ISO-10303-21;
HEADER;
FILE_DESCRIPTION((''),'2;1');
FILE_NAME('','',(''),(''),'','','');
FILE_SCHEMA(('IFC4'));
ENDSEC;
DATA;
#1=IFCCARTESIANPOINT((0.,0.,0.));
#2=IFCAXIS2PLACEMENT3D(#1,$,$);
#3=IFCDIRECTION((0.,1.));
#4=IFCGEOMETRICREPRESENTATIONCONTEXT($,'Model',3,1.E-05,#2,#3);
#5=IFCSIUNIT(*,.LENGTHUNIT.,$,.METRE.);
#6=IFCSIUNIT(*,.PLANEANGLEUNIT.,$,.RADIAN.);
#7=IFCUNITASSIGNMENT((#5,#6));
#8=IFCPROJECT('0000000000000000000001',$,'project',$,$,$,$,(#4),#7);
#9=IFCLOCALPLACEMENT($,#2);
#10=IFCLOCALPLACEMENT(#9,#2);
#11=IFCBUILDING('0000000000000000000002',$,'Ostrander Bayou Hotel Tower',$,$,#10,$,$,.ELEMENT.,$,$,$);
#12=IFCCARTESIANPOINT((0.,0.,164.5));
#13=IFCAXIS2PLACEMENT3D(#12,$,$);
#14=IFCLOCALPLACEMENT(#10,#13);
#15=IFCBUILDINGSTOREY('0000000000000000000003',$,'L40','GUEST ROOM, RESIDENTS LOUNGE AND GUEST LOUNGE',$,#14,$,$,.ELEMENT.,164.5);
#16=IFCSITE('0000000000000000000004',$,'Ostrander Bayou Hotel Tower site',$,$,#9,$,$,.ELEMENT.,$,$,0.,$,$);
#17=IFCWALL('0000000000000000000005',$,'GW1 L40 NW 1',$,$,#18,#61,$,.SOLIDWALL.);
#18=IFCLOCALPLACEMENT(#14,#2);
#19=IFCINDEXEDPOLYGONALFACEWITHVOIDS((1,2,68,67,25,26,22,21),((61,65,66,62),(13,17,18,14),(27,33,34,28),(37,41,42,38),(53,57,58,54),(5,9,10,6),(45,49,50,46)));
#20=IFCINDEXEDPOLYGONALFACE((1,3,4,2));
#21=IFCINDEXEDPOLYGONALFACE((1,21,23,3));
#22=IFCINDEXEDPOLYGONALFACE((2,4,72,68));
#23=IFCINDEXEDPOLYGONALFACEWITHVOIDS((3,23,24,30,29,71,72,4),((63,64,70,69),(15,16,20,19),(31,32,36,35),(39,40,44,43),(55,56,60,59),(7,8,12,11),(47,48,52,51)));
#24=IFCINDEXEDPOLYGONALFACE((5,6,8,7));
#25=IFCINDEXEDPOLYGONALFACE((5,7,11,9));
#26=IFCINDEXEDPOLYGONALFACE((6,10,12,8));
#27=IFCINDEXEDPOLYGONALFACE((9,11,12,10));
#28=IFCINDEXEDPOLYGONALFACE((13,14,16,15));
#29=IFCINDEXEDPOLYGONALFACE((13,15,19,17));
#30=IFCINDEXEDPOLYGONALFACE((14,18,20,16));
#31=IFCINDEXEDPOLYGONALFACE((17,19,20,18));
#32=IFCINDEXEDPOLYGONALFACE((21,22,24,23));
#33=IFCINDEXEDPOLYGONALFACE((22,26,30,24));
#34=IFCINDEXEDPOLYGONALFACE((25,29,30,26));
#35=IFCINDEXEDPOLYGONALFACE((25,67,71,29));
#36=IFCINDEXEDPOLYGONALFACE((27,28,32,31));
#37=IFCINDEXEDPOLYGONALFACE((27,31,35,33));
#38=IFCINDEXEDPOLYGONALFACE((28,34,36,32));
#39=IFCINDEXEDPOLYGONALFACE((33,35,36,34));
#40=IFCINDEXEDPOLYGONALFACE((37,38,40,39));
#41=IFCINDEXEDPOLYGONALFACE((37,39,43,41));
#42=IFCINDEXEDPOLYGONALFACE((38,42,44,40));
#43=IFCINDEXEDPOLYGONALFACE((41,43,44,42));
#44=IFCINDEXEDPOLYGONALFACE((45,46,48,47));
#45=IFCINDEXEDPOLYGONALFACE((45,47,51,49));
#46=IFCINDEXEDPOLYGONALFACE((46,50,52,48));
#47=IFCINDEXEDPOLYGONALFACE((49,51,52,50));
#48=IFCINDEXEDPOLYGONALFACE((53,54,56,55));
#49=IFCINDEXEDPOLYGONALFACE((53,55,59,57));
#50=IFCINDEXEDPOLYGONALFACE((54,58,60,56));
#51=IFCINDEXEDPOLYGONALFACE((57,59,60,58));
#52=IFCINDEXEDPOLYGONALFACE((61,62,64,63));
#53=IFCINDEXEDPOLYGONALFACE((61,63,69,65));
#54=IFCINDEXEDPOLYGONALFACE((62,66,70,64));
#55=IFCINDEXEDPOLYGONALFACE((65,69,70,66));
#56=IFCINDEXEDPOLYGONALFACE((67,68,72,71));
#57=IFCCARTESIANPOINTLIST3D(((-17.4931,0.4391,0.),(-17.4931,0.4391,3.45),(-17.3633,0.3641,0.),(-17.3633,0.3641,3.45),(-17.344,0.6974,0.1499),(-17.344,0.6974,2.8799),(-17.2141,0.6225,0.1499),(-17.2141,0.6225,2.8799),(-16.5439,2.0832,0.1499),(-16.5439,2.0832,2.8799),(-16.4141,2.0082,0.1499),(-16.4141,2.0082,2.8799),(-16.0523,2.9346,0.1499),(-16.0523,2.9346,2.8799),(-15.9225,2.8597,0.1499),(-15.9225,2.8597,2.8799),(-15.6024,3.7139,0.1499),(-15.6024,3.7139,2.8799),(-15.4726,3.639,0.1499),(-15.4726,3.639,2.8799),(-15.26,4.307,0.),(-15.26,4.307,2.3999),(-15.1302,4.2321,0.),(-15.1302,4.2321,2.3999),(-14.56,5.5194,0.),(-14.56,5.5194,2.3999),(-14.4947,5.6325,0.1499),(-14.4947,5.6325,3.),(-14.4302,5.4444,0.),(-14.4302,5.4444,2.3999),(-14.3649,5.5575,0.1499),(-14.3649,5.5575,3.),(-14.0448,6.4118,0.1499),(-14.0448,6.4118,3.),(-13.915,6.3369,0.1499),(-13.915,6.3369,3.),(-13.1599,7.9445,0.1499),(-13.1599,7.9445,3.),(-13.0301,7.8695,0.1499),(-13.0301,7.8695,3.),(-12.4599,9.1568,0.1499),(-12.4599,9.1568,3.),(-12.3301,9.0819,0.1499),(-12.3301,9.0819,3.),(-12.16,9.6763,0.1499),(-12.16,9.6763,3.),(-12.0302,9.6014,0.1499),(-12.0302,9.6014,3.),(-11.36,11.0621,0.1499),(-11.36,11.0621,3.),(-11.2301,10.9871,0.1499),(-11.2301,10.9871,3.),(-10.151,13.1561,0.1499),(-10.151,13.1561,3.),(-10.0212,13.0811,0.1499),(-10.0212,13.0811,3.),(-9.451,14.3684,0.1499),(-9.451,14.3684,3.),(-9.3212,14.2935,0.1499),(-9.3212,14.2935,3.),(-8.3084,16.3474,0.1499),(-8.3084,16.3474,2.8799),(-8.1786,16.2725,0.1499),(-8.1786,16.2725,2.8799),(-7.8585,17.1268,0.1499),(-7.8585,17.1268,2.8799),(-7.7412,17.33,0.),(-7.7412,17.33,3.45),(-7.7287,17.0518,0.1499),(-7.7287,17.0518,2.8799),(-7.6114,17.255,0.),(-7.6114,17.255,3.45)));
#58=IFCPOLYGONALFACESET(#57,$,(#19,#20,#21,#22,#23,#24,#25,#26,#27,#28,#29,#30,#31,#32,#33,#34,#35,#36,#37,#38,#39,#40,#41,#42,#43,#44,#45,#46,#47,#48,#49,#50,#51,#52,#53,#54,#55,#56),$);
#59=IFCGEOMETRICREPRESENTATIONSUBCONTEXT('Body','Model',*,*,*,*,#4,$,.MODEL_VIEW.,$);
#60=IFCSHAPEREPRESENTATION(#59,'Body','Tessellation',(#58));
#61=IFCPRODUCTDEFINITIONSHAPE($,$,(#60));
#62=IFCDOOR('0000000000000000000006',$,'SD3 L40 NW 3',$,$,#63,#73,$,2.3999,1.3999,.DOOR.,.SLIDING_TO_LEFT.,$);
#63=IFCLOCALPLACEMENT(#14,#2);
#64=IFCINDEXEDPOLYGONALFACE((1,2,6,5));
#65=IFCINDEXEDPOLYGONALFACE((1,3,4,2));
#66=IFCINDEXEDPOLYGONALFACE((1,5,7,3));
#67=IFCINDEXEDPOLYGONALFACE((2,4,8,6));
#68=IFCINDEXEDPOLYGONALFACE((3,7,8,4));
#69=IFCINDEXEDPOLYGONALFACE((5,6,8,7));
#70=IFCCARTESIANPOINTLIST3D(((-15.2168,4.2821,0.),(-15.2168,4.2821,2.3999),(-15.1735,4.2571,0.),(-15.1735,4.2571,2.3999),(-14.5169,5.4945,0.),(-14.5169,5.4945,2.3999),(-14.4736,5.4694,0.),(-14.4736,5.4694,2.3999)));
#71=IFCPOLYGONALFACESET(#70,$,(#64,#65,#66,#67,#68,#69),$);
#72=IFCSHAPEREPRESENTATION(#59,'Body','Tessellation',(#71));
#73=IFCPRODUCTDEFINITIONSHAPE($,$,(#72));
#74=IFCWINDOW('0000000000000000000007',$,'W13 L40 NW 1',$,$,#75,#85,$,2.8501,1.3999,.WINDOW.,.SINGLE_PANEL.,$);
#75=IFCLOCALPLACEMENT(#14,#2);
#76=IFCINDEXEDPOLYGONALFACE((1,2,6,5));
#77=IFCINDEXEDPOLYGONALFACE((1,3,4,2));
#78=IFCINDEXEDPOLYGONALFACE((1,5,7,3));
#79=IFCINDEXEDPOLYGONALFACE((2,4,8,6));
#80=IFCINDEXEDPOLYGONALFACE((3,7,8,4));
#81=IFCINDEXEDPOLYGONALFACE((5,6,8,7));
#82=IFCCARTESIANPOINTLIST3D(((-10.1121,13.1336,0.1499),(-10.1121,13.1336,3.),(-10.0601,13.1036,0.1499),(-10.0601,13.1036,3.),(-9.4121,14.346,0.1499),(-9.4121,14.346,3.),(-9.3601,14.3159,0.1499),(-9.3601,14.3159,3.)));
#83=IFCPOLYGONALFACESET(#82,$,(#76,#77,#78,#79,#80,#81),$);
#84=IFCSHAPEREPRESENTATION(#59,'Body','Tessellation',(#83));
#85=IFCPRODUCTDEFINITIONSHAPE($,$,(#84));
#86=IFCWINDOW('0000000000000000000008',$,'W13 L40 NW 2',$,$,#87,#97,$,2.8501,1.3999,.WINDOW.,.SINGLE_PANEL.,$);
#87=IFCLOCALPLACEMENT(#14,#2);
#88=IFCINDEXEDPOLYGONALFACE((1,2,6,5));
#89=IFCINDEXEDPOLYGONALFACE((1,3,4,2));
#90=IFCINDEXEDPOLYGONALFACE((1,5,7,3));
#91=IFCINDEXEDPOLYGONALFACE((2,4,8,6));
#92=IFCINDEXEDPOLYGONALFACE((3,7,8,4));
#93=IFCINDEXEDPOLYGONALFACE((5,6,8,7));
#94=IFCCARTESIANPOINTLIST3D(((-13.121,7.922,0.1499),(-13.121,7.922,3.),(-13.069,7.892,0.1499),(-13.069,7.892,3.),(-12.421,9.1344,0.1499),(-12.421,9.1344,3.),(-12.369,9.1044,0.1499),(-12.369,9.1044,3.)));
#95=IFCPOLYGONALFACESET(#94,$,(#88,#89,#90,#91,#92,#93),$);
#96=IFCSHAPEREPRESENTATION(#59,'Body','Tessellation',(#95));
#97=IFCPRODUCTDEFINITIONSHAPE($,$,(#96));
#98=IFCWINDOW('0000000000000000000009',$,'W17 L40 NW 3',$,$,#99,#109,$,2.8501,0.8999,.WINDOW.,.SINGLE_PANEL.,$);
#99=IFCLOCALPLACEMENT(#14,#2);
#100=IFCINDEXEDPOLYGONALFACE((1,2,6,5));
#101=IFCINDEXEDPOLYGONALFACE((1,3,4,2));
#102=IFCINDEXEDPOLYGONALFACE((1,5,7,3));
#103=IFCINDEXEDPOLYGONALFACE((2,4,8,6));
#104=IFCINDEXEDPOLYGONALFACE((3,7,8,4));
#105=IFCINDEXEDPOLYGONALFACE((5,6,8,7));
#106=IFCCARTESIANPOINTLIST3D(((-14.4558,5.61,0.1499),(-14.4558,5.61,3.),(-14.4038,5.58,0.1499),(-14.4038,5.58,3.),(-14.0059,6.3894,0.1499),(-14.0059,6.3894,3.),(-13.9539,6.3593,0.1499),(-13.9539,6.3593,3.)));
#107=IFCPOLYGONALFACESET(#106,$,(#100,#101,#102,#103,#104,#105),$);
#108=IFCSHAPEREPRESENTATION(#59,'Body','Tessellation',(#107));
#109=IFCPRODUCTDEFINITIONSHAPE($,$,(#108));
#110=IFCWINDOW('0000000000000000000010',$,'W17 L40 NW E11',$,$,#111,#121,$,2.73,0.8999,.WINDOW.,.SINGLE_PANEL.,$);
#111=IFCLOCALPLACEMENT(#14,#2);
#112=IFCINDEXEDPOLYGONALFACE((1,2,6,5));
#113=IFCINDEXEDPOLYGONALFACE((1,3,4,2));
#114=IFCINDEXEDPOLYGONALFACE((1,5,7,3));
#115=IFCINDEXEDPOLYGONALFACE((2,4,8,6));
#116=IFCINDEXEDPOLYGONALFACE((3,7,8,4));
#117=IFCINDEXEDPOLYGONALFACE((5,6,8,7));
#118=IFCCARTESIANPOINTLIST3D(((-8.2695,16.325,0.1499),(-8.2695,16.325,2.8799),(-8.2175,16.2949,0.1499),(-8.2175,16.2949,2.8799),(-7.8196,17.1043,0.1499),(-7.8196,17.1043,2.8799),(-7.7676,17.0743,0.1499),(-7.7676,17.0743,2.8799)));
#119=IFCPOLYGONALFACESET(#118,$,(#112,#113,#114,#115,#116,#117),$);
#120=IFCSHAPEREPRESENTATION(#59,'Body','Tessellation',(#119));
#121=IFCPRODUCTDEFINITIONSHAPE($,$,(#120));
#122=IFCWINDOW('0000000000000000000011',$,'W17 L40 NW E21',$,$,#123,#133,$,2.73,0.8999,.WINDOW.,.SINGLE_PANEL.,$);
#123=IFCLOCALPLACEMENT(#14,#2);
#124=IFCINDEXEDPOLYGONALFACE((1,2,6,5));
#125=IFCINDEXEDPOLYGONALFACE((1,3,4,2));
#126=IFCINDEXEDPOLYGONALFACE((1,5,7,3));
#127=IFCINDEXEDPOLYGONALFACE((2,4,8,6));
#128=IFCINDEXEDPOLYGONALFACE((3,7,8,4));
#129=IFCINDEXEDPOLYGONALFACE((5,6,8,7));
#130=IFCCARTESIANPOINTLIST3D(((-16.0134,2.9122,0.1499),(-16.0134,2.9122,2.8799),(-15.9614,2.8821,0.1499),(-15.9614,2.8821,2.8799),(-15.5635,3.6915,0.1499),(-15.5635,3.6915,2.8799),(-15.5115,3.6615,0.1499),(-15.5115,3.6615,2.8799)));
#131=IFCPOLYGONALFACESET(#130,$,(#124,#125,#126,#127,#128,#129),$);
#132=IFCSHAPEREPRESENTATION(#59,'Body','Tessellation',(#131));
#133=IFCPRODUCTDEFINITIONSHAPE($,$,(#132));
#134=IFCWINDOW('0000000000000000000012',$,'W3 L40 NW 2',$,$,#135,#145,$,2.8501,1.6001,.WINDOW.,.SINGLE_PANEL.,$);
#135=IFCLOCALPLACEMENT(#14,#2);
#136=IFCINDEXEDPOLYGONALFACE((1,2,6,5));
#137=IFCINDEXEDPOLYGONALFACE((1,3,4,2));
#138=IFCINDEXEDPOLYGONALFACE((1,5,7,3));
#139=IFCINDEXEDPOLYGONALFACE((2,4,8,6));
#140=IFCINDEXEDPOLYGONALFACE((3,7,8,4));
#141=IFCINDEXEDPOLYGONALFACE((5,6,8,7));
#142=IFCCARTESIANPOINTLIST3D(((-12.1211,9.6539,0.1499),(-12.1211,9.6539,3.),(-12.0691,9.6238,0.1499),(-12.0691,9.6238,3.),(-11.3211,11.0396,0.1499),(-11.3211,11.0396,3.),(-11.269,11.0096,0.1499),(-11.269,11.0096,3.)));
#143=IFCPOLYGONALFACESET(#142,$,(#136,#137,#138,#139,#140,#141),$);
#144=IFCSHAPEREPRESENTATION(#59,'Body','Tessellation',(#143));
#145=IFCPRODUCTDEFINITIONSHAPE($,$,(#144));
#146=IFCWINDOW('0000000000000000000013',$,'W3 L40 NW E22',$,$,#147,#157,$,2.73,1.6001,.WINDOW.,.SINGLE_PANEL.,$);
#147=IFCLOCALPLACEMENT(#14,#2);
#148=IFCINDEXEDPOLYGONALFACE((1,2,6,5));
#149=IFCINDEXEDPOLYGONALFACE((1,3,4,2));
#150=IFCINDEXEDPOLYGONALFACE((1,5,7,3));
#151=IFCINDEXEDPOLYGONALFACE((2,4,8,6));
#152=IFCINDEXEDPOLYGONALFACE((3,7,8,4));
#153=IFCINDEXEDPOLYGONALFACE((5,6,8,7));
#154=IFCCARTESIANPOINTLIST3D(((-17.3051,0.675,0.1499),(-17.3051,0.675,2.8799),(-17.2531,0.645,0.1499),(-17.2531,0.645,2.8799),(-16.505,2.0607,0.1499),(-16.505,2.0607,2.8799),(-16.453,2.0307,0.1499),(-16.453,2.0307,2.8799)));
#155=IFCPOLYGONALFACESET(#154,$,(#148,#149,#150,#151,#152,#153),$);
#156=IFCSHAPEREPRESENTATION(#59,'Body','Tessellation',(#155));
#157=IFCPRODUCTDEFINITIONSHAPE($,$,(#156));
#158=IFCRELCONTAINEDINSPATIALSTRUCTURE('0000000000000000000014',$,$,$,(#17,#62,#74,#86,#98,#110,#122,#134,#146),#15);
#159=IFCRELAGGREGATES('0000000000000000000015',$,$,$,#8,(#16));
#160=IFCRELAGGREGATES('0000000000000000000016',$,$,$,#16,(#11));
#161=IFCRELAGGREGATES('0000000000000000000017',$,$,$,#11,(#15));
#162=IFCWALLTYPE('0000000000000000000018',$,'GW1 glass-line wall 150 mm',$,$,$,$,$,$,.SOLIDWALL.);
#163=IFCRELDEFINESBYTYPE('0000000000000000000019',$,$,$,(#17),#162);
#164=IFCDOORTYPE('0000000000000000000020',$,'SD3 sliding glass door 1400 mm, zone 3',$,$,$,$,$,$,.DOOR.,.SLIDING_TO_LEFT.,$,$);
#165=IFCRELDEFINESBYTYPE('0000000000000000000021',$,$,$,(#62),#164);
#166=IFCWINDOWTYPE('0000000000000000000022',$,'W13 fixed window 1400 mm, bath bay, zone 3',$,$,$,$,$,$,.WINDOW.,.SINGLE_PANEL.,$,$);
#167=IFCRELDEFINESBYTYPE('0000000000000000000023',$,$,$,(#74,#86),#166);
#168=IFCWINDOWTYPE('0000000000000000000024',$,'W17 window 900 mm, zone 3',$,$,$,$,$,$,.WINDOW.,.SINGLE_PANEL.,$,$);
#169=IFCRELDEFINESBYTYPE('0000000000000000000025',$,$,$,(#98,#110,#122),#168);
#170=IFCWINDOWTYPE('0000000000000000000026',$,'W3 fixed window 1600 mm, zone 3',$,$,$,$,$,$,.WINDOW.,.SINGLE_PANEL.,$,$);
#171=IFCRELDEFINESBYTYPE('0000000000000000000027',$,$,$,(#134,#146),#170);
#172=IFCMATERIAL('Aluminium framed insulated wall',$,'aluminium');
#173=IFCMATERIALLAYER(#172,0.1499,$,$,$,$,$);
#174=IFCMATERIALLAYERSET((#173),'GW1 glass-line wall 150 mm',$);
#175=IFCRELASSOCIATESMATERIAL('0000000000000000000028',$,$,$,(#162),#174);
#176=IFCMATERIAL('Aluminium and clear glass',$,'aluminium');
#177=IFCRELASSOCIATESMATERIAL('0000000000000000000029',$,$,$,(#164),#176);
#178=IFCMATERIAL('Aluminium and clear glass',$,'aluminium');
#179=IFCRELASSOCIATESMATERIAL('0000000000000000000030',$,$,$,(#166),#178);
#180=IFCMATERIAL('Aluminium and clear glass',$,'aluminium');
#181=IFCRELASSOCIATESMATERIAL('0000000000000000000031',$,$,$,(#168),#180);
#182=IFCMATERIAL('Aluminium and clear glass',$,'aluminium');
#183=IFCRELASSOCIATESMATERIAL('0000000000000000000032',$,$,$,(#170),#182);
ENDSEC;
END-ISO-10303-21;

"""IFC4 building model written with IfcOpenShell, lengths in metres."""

from ifc_helpers import new_model, si_unit, direction, frame, frame_2d, origin, place, context, subcontext, project, spatial, rectangle, extrude, material, layer, layer_set, type_object, element, fill, save


model = new_model("IFC4")

# Units and contexts
model_context = context("Model", 3, precision=1e-05, world=origin(), true_north=direction((0.0, 1.0)))
body_context = subcontext(model_context, "Body", "Model", "MODEL_VIEW")
ifc_project = project(units=[si_unit("LENGTHUNIT", "METRE"), si_unit("PLANEANGLEUNIT", "RADIAN")], contexts=[model_context])

# Site, building, storey
site_placement = place(None, origin())
site = spatial("IfcSite", under=ifc_project, at=site_placement, Name="Ostrander Bayou Hotel Tower site", CompositionType="ELEMENT", RefElevation=0.0)
building_placement = place(site_placement, origin())
building = spatial("IfcBuilding", under=site, at=building_placement, Name="Ostrander Bayou Hotel Tower", CompositionType="ELEMENT")
storey_placement = place(building_placement, frame((0.0, 0.0, 164.5)))
storey = spatial("IfcBuildingStorey", under=building, at=storey_placement, Name="L40", Description="GUEST ROOM, RESIDENTS LOUNGE AND GUEST LOUNGE", CompositionType="ELEMENT", Elevation=164.5)

# Wall, openings, door, windows
ifc_material_1 = material(Name="Aluminium framed insulated wall", Category="aluminium")
ifc_layer_1 = layer(ifc_material_1, 0.1499)
ifc_layer_set_1 = layer_set([ifc_layer_1], Name="GW1 glass-line wall 150 mm")
wall_type_1 = type_object("IfcWallType", Name="GW1 glass-line wall 150 mm", PredefinedType="SOLIDWALL", material=ifc_layer_set_1)
wall_1_placement = place(storey_placement, frame((-7.6763, 17.2925, 0.0), z_axis=(0.0, 0.0, 1.0), x_axis=(-0.5, -0.866025, 0.0)))
wall_1 = element("IfcWall", 1, at=wall_1_placement, inside=storey, type_object=wall_type_1, Name="GW1 L40 NW 1", PredefinedType="SOLIDWALL", context=body_context, shape_type="SweptSolid", body=[
    extrude(rectangle(XDim=19.5039, YDim=0.1499, at=frame_2d((9.752, 0.0))), origin(), (0.0, 0.0, 1.0), 3.45),
])
opening_1_placement = place(wall_1_placement, frame((3.4197, 0.0, 0.1499)))
opening_1 = element("IfcOpeningElement", 2, at=opening_1_placement, cuts=wall_1, PredefinedType="OPENING", context=body_context, shape_type="SweptSolid", body=[
    extrude(rectangle(XDim=1.3999, YDim=2.8501, at=frame_2d((0.7, 1.425))), frame((0.0, 0.075, 0.0), z_axis=(0.0, -1.0, 0.0), x_axis=(1.0, 0.0, 0.0)), (0.0, 0.0, 1.0), 0.1499),
])
opening_2_placement = place(wall_1_placement, frame((7.2375, 0.0, 0.1499)))
opening_2 = element("IfcOpeningElement", 3, at=opening_2_placement, cuts=wall_1, PredefinedType="OPENING", context=body_context, shape_type="SweptSolid", body=[
    extrude(rectangle(XDim=1.6001, YDim=2.8501, at=frame_2d((0.8, 1.425))), frame((0.0, 0.075, 0.0), z_axis=(0.0, -1.0, 0.0), x_axis=(1.0, 0.0, 0.0)), (0.0, 0.0, 1.0), 0.1499),
])
opening_3_placement = place(wall_1_placement, frame((9.4375, 0.0, 0.1499)))
opening_3 = element("IfcOpeningElement", 4, at=opening_3_placement, cuts=wall_1, PredefinedType="OPENING", context=body_context, shape_type="SweptSolid", body=[
    extrude(rectangle(XDim=1.3999, YDim=2.8501, at=frame_2d((0.7, 1.425))), frame((0.0, 0.075, 0.0), z_axis=(0.0, -1.0, 0.0), x_axis=(1.0, 0.0, 0.0)), (0.0, 0.0, 1.0), 0.1499),
])
opening_4_placement = place(wall_1_placement, frame((12.6072, 0.0, 0.1499)))
opening_4 = element("IfcOpeningElement", 5, at=opening_4_placement, cuts=wall_1, PredefinedType="OPENING", context=body_context, shape_type="SweptSolid", body=[
    extrude(rectangle(XDim=0.8999, YDim=2.8501, at=frame_2d((0.45, 1.425))), frame((0.0, 0.075, 0.0), z_axis=(0.0, -1.0, 0.0), x_axis=(1.0, 0.0, 0.0)), (0.0, 0.0, 1.0), 0.1499),
])
opening_5_placement = place(wall_1_placement, frame((13.6377, 0.0, 0.0)))
opening_5 = element("IfcOpeningElement", 6, at=opening_5_placement, cuts=wall_1, PredefinedType="OPENING", context=body_context, shape_type="SweptSolid", body=[
    extrude(rectangle(XDim=1.3999, YDim=2.3999, at=frame_2d((0.7, 1.2))), frame((0.0, 0.075, 0.0), z_axis=(0.0, -1.0, 0.0), x_axis=(1.0, 0.0, 0.0)), (0.0, 0.0, 1.0), 0.1499),
])
opening_6_placement = place(wall_1_placement, frame((0.2346, 0.0, 0.1499)))
opening_6 = element("IfcOpeningElement", 7, at=opening_6_placement, cuts=wall_1, PredefinedType="OPENING", context=body_context, shape_type="SweptSolid", body=[
    extrude(rectangle(XDim=0.8999, YDim=2.73, at=frame_2d((0.45, 1.365))), frame((0.0, 0.075, 0.0), z_axis=(0.0, -1.0, 0.0), x_axis=(1.0, 0.0, 0.0)), (0.0, 0.0, 1.0), 0.1499),
])
opening_7_placement = place(wall_1_placement, frame((15.7224, 0.0, 0.1499)))
opening_7 = element("IfcOpeningElement", 8, at=opening_7_placement, cuts=wall_1, PredefinedType="OPENING", context=body_context, shape_type="SweptSolid", body=[
    extrude(rectangle(XDim=0.8999, YDim=2.73, at=frame_2d((0.45, 1.365))), frame((0.0, 0.075, 0.0), z_axis=(0.0, -1.0, 0.0), x_axis=(1.0, 0.0, 0.0)), (0.0, 0.0, 1.0), 0.1499),
])
opening_8_placement = place(wall_1_placement, frame((17.6055, 0.0, 0.1499)))
opening_8 = element("IfcOpeningElement", 9, at=opening_8_placement, cuts=wall_1, PredefinedType="OPENING", context=body_context, shape_type="SweptSolid", body=[
    extrude(rectangle(XDim=1.6001, YDim=2.73, at=frame_2d((0.8, 1.365))), frame((0.0, 0.075, 0.0), z_axis=(0.0, -1.0, 0.0), x_axis=(1.0, 0.0, 0.0)), (0.0, 0.0, 1.0), 0.1499),
])
ifc_material_2 = material(Name="Aluminium and clear glass", Category="aluminium")
door_type_1 = type_object("IfcDoorType", Name="SD3 sliding glass door 1400 mm, zone 3", OperationType="SLIDING_TO_LEFT", PredefinedType="DOOR", material=ifc_material_2)
door_1_placement = place(opening_5_placement, origin())
door_1 = element("IfcDoor", 10, at=door_1_placement, inside=storey, type_object=door_type_1, Name="SD3 L40 NW 3", OperationType="SLIDING_TO_LEFT", OverallHeight=2.3999, OverallWidth=1.3999, PredefinedType="DOOR", context=body_context, shape_type="SweptSolid", body=[
    extrude(rectangle(XDim=1.3999, YDim=2.3999, at=frame_2d((0.7, 1.2))), frame((0.0, 0.0249, 0.0), z_axis=(0.0, -1.0, 0.0), x_axis=(1.0, 0.0, 0.0)), (0.0, 0.0, 1.0), 0.05),
])
fill(opening_5, door_1)
ifc_material_3 = material(Name="Aluminium and clear glass", Category="aluminium")
window_type_1 = type_object("IfcWindowType", Name="W13 fixed window 1400 mm, bath bay, zone 3", PartitioningType="SINGLE_PANEL", PredefinedType="WINDOW", material=ifc_material_3)
window_1_placement = place(opening_1_placement, origin())
window_1 = element("IfcWindow", 11, at=window_1_placement, inside=storey, type_object=window_type_1, Name="W13 L40 NW 1", OverallHeight=2.8501, OverallWidth=1.3999, PartitioningType="SINGLE_PANEL", PredefinedType="WINDOW", context=body_context, shape_type="SweptSolid", body=[
    extrude(rectangle(XDim=1.3999, YDim=2.8501, at=frame_2d((0.7, 1.425))), frame((0.0, 0.03, 0.0), z_axis=(0.0, -1.0, 0.0), x_axis=(1.0, 0.0, 0.0)), (0.0, 0.0, 1.0), 0.0601),
])
fill(opening_1, window_1)
window_2_placement = place(opening_3_placement, origin())
window_2 = element("IfcWindow", 12, at=window_2_placement, inside=storey, type_object=window_type_1, Name="W13 L40 NW 2", OverallHeight=2.8501, OverallWidth=1.3999, PartitioningType="SINGLE_PANEL", PredefinedType="WINDOW", context=body_context, shape_type="SweptSolid", body=[
    extrude(rectangle(XDim=1.3999, YDim=2.8501, at=frame_2d((0.7, 1.425))), frame((0.0, 0.03, 0.0), z_axis=(0.0, -1.0, 0.0), x_axis=(1.0, 0.0, 0.0)), (0.0, 0.0, 1.0), 0.0601),
])
fill(opening_3, window_2)
ifc_material_4 = material(Name="Aluminium and clear glass", Category="aluminium")
window_type_2 = type_object("IfcWindowType", Name="W17 window 900 mm, zone 3", PartitioningType="SINGLE_PANEL", PredefinedType="WINDOW", material=ifc_material_4)
window_3_placement = place(opening_4_placement, origin())
window_3 = element("IfcWindow", 13, at=window_3_placement, inside=storey, type_object=window_type_2, Name="W17 L40 NW 3", OverallHeight=2.8501, OverallWidth=0.8999, PartitioningType="SINGLE_PANEL", PredefinedType="WINDOW", context=body_context, shape_type="SweptSolid", body=[
    extrude(rectangle(XDim=0.8999, YDim=2.8501, at=frame_2d((0.45, 1.425))), frame((0.0, 0.03, 0.0), z_axis=(0.0, -1.0, 0.0), x_axis=(1.0, 0.0, 0.0)), (0.0, 0.0, 1.0), 0.0601),
])
fill(opening_4, window_3)
window_4_placement = place(opening_6_placement, origin())
window_4 = element("IfcWindow", 14, at=window_4_placement, inside=storey, type_object=window_type_2, Name="W17 L40 NW E11", OverallHeight=2.73, OverallWidth=0.8999, PartitioningType="SINGLE_PANEL", PredefinedType="WINDOW", context=body_context, shape_type="SweptSolid", body=[
    extrude(rectangle(XDim=0.8999, YDim=2.73, at=frame_2d((0.45, 1.365))), frame((0.0, 0.03, 0.0), z_axis=(0.0, -1.0, 0.0), x_axis=(1.0, 0.0, 0.0)), (0.0, 0.0, 1.0), 0.0601),
])
fill(opening_6, window_4)
window_5_placement = place(opening_7_placement, origin())
window_5 = element("IfcWindow", 15, at=window_5_placement, inside=storey, type_object=window_type_2, Name="W17 L40 NW E21", OverallHeight=2.73, OverallWidth=0.8999, PartitioningType="SINGLE_PANEL", PredefinedType="WINDOW", context=body_context, shape_type="SweptSolid", body=[
    extrude(rectangle(XDim=0.8999, YDim=2.73, at=frame_2d((0.45, 1.365))), frame((0.0, 0.03, 0.0), z_axis=(0.0, -1.0, 0.0), x_axis=(1.0, 0.0, 0.0)), (0.0, 0.0, 1.0), 0.0601),
])
fill(opening_7, window_5)
ifc_material_5 = material(Name="Aluminium and clear glass", Category="aluminium")
window_type_3 = type_object("IfcWindowType", Name="W3 fixed window 1600 mm, zone 3", PartitioningType="SINGLE_PANEL", PredefinedType="WINDOW", material=ifc_material_5)
window_6_placement = place(opening_2_placement, origin())
window_6 = element("IfcWindow", 16, at=window_6_placement, inside=storey, type_object=window_type_3, Name="W3 L40 NW 2", OverallHeight=2.8501, OverallWidth=1.6001, PartitioningType="SINGLE_PANEL", PredefinedType="WINDOW", context=body_context, shape_type="SweptSolid", body=[
    extrude(rectangle(XDim=1.6001, YDim=2.8501, at=frame_2d((0.8, 1.425))), frame((0.0, 0.03, 0.0), z_axis=(0.0, -1.0, 0.0), x_axis=(1.0, 0.0, 0.0)), (0.0, 0.0, 1.0), 0.0601),
])
fill(opening_2, window_6)
window_7_placement = place(opening_8_placement, origin())
window_7 = element("IfcWindow", 17, at=window_7_placement, inside=storey, type_object=window_type_3, Name="W3 L40 NW E22", OverallHeight=2.73, OverallWidth=1.6001, PartitioningType="SINGLE_PANEL", PredefinedType="WINDOW", context=body_context, shape_type="SweptSolid", body=[
    extrude(rectangle(XDim=1.6001, YDim=2.73, at=frame_2d((0.8, 1.365))), frame((0.0, 0.03, 0.0), z_axis=(0.0, -1.0, 0.0), x_axis=(1.0, 0.0, 0.0)), (0.0, 0.0, 1.0), 0.0601),
])
fill(opening_8, window_7)

save(model, "model.ifc")
